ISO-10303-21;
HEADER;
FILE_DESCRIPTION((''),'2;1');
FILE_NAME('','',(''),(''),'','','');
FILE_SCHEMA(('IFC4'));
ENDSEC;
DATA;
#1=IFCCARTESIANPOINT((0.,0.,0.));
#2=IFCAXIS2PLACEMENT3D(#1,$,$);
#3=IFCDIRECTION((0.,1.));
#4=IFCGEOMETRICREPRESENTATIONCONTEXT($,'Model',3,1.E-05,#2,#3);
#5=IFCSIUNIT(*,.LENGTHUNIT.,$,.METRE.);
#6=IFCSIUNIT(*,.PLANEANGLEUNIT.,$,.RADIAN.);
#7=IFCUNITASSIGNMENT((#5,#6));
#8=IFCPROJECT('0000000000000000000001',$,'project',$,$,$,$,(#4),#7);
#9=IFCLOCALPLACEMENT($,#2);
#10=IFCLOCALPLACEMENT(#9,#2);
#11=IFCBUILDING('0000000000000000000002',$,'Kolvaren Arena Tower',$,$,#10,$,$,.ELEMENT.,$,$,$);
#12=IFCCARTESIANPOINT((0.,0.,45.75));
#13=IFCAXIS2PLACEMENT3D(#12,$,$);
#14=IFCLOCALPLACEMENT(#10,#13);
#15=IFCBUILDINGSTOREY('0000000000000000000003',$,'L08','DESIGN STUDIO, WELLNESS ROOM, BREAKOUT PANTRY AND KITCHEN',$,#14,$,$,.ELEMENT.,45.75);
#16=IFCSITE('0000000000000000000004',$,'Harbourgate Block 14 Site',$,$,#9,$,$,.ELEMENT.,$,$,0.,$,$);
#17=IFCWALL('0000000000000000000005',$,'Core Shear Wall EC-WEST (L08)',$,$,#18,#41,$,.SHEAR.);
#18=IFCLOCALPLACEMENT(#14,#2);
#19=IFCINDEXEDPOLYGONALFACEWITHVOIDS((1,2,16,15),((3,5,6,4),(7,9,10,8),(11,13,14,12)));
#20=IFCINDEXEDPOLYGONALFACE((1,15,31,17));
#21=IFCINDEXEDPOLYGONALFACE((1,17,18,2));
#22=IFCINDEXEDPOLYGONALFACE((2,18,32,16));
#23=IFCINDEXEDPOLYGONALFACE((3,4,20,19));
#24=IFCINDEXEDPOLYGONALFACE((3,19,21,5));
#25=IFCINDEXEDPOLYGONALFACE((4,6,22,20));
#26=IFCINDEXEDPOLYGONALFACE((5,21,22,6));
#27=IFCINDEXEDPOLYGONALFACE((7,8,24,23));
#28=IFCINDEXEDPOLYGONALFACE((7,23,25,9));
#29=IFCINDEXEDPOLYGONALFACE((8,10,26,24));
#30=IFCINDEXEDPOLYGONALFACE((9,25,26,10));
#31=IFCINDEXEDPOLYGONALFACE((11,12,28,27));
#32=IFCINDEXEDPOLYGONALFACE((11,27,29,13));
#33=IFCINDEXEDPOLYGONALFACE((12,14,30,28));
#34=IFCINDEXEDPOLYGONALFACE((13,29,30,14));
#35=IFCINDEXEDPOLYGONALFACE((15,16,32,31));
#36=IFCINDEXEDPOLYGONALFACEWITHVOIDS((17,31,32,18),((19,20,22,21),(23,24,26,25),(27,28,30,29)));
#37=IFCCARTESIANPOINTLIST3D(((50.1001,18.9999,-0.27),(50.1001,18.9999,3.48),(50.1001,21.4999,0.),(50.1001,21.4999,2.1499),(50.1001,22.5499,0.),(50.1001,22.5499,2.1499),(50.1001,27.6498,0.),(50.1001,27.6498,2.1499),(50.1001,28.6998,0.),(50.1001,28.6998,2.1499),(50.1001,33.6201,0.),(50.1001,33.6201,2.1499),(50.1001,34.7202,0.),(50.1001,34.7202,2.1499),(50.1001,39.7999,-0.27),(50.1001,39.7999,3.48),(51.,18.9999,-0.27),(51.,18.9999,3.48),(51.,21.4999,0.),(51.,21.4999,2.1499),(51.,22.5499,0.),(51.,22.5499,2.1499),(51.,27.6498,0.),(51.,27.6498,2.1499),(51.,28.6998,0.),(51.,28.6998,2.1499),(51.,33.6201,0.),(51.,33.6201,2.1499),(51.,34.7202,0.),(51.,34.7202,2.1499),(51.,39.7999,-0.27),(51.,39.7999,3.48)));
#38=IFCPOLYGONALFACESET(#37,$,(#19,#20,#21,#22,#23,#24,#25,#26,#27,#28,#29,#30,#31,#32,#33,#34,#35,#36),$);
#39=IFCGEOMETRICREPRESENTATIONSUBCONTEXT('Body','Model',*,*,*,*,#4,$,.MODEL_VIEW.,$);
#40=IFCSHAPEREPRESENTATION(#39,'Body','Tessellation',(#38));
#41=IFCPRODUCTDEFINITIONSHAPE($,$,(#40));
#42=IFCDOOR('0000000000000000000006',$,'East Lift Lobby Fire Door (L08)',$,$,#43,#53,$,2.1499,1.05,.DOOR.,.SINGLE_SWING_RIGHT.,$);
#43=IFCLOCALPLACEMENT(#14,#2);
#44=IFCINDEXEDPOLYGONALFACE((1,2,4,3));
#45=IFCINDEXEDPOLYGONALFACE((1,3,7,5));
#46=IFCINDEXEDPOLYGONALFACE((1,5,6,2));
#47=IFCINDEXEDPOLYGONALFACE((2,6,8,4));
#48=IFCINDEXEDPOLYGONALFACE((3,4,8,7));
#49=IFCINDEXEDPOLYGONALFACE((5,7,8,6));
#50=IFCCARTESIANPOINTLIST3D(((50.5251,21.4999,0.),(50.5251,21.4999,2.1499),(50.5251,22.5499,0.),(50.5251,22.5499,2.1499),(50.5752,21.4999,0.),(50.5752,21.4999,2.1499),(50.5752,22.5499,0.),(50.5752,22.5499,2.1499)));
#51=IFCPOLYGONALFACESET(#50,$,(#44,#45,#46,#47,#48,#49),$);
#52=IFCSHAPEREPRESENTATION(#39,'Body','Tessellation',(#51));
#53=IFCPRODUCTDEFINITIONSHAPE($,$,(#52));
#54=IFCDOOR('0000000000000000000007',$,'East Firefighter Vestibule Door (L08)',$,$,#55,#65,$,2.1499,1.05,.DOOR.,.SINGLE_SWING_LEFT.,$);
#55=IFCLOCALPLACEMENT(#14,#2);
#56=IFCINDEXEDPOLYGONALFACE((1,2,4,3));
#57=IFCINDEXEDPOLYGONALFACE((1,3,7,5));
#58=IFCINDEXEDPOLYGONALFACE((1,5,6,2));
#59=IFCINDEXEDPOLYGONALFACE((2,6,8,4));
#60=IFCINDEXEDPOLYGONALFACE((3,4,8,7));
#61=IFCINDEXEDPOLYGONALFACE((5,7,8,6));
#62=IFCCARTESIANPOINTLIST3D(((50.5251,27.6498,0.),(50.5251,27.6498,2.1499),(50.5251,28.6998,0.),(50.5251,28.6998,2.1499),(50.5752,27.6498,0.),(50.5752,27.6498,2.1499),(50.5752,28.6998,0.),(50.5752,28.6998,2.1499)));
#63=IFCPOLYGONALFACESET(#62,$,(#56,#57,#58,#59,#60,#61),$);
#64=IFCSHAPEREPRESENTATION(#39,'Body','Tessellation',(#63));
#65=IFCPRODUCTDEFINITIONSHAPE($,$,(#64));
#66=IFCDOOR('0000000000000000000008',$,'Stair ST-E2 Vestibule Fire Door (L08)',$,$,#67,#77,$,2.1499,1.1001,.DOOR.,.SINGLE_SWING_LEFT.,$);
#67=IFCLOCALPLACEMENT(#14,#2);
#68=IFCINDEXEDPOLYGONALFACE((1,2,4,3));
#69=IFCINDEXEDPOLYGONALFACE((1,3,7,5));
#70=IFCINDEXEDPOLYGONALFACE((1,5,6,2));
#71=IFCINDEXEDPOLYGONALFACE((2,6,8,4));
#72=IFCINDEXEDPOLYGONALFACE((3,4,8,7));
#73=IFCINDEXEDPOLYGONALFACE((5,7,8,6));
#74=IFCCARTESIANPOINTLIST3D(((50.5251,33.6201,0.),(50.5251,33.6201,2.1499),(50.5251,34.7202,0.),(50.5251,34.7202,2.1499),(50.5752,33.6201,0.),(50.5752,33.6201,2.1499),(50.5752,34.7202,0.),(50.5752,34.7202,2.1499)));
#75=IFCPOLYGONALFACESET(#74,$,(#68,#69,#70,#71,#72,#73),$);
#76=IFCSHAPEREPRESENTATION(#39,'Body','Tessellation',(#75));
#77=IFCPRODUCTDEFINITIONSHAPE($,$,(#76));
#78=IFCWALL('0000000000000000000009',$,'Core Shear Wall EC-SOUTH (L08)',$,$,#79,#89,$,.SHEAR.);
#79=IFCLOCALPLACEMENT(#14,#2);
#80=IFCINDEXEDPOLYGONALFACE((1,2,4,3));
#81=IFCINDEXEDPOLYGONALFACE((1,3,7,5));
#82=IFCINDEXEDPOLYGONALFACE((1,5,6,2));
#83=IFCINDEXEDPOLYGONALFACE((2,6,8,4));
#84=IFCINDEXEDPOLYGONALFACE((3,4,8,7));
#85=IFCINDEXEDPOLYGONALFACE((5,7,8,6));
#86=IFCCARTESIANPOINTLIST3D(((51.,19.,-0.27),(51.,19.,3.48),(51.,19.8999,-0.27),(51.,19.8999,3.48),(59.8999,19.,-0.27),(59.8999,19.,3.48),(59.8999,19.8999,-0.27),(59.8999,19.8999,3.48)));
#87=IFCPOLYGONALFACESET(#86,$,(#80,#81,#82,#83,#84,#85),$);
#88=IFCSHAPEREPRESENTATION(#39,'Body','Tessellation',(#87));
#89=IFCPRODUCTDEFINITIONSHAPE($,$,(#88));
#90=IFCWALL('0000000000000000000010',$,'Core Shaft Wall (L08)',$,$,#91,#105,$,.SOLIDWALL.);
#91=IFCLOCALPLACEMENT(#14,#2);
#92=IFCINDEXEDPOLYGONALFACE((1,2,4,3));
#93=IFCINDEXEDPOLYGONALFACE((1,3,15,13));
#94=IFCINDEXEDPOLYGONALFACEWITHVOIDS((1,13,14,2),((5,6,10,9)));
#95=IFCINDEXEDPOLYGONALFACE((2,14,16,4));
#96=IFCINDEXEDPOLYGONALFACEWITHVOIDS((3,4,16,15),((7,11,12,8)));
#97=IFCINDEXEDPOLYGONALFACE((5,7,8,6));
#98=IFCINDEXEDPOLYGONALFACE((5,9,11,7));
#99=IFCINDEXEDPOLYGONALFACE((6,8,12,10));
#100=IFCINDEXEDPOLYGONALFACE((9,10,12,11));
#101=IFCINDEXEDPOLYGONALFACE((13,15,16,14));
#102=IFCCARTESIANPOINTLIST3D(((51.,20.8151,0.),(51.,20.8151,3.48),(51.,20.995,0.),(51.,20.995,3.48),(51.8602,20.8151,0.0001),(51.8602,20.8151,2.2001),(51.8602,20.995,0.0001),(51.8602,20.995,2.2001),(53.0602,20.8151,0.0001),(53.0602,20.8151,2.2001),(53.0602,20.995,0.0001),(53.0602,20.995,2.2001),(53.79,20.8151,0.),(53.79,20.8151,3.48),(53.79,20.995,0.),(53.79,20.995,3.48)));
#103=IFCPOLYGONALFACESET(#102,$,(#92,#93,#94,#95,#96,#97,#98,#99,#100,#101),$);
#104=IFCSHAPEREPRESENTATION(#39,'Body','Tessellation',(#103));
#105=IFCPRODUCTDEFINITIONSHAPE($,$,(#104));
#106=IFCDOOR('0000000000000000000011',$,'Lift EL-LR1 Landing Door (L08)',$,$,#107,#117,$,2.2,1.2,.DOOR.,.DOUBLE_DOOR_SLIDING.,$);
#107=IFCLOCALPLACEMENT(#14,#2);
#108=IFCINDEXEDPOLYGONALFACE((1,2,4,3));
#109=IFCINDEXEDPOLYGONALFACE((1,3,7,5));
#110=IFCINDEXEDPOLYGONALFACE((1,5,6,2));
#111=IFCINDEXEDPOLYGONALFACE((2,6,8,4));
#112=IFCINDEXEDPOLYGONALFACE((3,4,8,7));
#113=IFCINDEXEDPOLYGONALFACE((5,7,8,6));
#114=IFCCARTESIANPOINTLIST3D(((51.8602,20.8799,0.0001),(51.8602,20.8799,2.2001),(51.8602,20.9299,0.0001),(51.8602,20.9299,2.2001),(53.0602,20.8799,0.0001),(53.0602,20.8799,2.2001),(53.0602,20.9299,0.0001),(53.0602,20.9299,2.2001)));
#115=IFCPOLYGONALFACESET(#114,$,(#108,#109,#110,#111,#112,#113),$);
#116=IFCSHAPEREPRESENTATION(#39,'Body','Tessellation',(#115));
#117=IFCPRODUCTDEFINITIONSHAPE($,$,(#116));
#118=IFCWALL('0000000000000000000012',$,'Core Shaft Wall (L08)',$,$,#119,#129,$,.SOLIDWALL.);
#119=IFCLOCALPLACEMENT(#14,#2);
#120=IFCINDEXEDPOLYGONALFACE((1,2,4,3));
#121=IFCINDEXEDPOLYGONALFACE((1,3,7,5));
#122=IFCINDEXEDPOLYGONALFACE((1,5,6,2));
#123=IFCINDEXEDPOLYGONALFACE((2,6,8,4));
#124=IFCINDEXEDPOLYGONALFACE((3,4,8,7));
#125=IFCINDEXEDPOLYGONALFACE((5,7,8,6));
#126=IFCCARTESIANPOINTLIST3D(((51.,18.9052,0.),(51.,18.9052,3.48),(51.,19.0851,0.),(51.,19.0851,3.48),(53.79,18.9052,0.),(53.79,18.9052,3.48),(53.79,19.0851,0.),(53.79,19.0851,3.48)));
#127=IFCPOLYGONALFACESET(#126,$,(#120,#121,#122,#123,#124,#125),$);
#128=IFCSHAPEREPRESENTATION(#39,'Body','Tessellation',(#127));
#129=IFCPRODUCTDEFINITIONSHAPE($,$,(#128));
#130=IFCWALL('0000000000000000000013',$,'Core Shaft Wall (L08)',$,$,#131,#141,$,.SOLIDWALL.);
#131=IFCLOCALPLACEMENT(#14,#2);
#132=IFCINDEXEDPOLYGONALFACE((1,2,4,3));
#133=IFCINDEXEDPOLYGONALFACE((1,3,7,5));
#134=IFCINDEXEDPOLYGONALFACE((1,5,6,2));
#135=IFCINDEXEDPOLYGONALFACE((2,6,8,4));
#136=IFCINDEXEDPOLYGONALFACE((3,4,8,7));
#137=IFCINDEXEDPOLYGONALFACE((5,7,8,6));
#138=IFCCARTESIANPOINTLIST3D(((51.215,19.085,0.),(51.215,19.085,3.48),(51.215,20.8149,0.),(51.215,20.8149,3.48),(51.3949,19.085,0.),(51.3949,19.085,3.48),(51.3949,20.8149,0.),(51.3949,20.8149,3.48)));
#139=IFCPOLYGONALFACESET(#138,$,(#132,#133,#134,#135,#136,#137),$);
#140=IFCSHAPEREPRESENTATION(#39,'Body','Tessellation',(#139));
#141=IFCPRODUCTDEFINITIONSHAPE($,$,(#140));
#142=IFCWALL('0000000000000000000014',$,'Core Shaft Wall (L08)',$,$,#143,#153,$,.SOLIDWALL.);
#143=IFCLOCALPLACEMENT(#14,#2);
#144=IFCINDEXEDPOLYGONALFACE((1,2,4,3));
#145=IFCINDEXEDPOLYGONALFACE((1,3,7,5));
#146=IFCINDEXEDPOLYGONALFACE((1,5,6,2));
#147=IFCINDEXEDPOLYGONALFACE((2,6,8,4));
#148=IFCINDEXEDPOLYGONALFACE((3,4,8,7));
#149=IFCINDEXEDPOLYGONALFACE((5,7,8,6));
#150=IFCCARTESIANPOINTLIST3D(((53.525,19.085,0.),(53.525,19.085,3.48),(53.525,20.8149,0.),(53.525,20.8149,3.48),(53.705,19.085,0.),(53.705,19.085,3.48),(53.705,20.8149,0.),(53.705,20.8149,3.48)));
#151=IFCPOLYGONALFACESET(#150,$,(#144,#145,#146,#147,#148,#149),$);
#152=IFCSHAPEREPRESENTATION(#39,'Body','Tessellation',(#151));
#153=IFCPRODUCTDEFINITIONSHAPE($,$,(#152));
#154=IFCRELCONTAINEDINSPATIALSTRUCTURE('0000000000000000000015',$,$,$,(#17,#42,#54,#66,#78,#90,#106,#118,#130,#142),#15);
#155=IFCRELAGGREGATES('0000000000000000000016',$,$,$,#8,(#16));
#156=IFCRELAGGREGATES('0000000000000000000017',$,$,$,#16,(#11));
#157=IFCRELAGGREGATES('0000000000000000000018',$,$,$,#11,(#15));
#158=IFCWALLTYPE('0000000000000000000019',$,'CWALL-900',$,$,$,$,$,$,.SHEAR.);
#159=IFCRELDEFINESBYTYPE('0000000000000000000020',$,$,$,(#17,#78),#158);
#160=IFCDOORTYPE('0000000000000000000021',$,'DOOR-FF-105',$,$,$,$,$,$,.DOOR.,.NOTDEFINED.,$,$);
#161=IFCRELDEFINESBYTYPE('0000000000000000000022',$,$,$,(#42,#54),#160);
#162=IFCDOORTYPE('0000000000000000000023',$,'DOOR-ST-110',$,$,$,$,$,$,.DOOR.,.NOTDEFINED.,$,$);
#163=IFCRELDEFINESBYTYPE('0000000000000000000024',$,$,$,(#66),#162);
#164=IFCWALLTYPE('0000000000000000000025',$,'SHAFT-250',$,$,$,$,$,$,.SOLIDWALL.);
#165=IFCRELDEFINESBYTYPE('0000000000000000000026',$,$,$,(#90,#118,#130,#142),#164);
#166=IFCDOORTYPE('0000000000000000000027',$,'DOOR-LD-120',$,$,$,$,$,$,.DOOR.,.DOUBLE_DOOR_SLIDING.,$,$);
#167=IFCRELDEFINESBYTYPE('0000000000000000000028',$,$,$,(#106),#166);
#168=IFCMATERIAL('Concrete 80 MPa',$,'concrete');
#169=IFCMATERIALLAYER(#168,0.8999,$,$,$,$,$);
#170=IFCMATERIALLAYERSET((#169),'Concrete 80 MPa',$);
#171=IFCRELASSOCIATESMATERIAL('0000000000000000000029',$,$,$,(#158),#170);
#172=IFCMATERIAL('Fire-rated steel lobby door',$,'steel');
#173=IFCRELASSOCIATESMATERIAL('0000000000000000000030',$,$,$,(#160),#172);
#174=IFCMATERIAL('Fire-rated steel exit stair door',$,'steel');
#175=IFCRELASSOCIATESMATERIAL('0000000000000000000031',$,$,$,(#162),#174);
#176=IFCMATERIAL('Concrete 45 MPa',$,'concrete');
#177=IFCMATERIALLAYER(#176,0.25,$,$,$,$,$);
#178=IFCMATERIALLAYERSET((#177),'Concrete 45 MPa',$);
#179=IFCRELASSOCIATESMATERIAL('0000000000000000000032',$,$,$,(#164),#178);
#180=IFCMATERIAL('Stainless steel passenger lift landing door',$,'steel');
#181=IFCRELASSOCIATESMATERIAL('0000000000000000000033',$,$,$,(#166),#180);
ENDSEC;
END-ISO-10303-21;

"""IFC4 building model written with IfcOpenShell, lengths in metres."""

from ifc_helpers import new_model, si_unit, direction, frame, frame_2d, origin, place, context, subcontext, project, spatial, rectangle, extrude, material, layer, layer_set, type_object, element, fill, save


model = new_model("IFC4")

# Units and contexts
model_context = context("Model", 3, precision=1e-05, world=origin(), true_north=direction((0.0, 1.0)))
body_context = subcontext(model_context, "Body", "Model", "MODEL_VIEW")
ifc_project = project(units=[si_unit("LENGTHUNIT", "METRE"), si_unit("PLANEANGLEUNIT", "RADIAN")], contexts=[model_context])

# Site, building, storey
site_placement = place(None, origin())
site = spatial("IfcSite", under=ifc_project, at=site_placement, Name="Harbourgate Block 14 Site", CompositionType="ELEMENT", RefElevation=0.0)
building_placement = place(site_placement, origin())
building = spatial("IfcBuilding", under=site, at=building_placement, Name="Kolvaren Arena Tower", CompositionType="ELEMENT")
storey_placement = place(building_placement, frame((0.0, 0.0, 45.75)))
storey = spatial("IfcBuildingStorey", under=building, at=storey_placement, Name="L08", Description="DESIGN STUDIO, WELLNESS ROOM, BREAKOUT PANTRY AND KITCHEN", CompositionType="ELEMENT", Elevation=45.75)

# Wall, openings, doors
ifc_material_1 = material(Name="Concrete 80 MPa", Category="concrete")
ifc_layer_1 = layer(ifc_material_1, 0.8999)
ifc_layer_set_1 = layer_set([ifc_layer_1], Name="Concrete 80 MPa")
wall_type_1 = type_object("IfcWallType", Name="CWALL-900", PredefinedType="SHEAR", material=ifc_layer_set_1)
wall_1_placement = place(storey_placement, frame((50.55, 19.0, -0.27), z_axis=(0.0, 0.0, 1.0), x_axis=(0.0, 1.0, 0.0)))
wall_1 = element("IfcWall", 1, at=wall_1_placement, inside=storey, type_object=wall_type_1, Name="Core Shear Wall EC-WEST (L08)", PredefinedType="SHEAR", context=body_context, shape_type="SweptSolid", body=[
    extrude(rectangle(XDim=20.8, YDim=0.8999, at=frame_2d((10.3999, 0.0))), origin(), (0.0, 0.0, 1.0), 3.75),
])
opening_1_placement = place(wall_1_placement, frame((2.5, 0.0, 0.27)))
opening_1 = element("IfcOpeningElement", 2, at=opening_1_placement, cuts=wall_1, PredefinedType="OPENING", context=body_context, shape_type="SweptSolid", body=[
    extrude(rectangle(XDim=1.05, YDim=2.1499, at=frame_2d((0.5249, 1.075))), frame((0.0, 0.46, 0.0), z_axis=(0.0, -1.0, 0.0), x_axis=(1.0, 0.0, 0.0)), (0.0, 0.0, 1.0), 0.9199),
])
opening_2_placement = place(wall_1_placement, frame((8.6499, 0.0, 0.27)))
opening_2 = element("IfcOpeningElement", 3, at=opening_2_placement, cuts=wall_1, PredefinedType="OPENING", context=body_context, shape_type="SweptSolid", body=[
    extrude(rectangle(XDim=1.05, YDim=2.1499, at=frame_2d((0.5249, 1.075))), frame((0.0, 0.46, 0.0), z_axis=(0.0, -1.0, 0.0), x_axis=(1.0, 0.0, 0.0)), (0.0, 0.0, 1.0), 0.9199),
])
opening_3_placement = place(wall_1_placement, frame((14.6201, 0.0, 0.27)))
opening_3 = element("IfcOpeningElement", 4, at=opening_3_placement, cuts=wall_1, PredefinedType="OPENING", context=body_context, shape_type="SweptSolid", body=[
    extrude(rectangle(XDim=1.1001, YDim=2.1499, at=frame_2d((0.55, 1.075))), frame((0.0, 0.46, 0.0), z_axis=(0.0, -1.0, 0.0), x_axis=(1.0, 0.0, 0.0)), (0.0, 0.0, 1.0), 0.9199),
])
ifc_material_2 = material(Name="Fire-rated steel lobby door", Category="steel")
door_type_1 = type_object("IfcDoorType", Name="DOOR-FF-105", OperationType="NOTDEFINED", PredefinedType="DOOR", material=ifc_material_2)
door_1_placement = place(opening_1_placement, origin())
door_1 = element("IfcDoor", 5, at=door_1_placement, inside=storey, type_object=door_type_1, Name="East Lift Lobby Fire Door (L08)", OperationType="SINGLE_SWING_RIGHT", OverallHeight=2.1499, OverallWidth=1.05, PredefinedType="DOOR", context=body_context, shape_type="SweptSolid", body=[
    extrude(rectangle(XDim=1.05, YDim=2.1499, at=frame_2d((0.5249, 1.075))), frame((0.0, 0.0249, 0.0), z_axis=(0.0, -1.0, 0.0), x_axis=(1.0, 0.0, 0.0)), (0.0, 0.0, 1.0), 0.05),
])
fill(opening_1, door_1)
door_2_placement = place(opening_2_placement, origin())
door_2 = element("IfcDoor", 6, at=door_2_placement, inside=storey, type_object=door_type_1, Name="East Firefighter Vestibule Door (L08)", OperationType="SINGLE_SWING_LEFT", OverallHeight=2.1499, OverallWidth=1.05, PredefinedType="DOOR", context=body_context, shape_type="SweptSolid", body=[
    extrude(rectangle(XDim=1.05, YDim=2.1499, at=frame_2d((0.5249, 1.075))), frame((0.0, 0.0249, 0.0), z_axis=(0.0, -1.0, 0.0), x_axis=(1.0, 0.0, 0.0)), (0.0, 0.0, 1.0), 0.05),
])
fill(opening_2, door_2)
ifc_material_3 = material(Name="Fire-rated steel exit stair door", Category="steel")
door_type_2 = type_object("IfcDoorType", Name="DOOR-ST-110", OperationType="NOTDEFINED", PredefinedType="DOOR", material=ifc_material_3)
door_3_placement = place(opening_3_placement, origin())
door_3 = element("IfcDoor", 7, at=door_3_placement, inside=storey, type_object=door_type_2, Name="Stair ST-E2 Vestibule Fire Door (L08)", OperationType="SINGLE_SWING_LEFT", OverallHeight=2.1499, OverallWidth=1.1001, PredefinedType="DOOR", context=body_context, shape_type="SweptSolid", body=[
    extrude(rectangle(XDim=1.1001, YDim=2.1499, at=frame_2d((0.55, 1.075))), frame((0.0, 0.0249, 0.0), z_axis=(0.0, -1.0, 0.0), x_axis=(1.0, 0.0, 0.0)), (0.0, 0.0, 1.0), 0.05),
])
fill(opening_3, door_3)

# Wall
wall_2_placement = place(storey_placement, frame((51.0, 19.45, -0.27), z_axis=(0.0, 0.0, 1.0), x_axis=(1.0, 0.0, 0.0)))
element("IfcWall", 8, at=wall_2_placement, inside=storey, type_object=wall_type_1, Name="Core Shear Wall EC-SOUTH (L08)", PredefinedType="SHEAR", context=body_context, shape_type="SweptSolid", body=[
    extrude(rectangle(XDim=8.8999, YDim=0.8999, at=frame_2d((4.45, 0.0))), origin(), (0.0, 0.0, 1.0), 3.75),
])

# Wall, opening, door
ifc_material_4 = material(Name="Concrete 45 MPa", Category="concrete")
ifc_layer_2 = layer(ifc_material_4, 0.25)
ifc_layer_set_2 = layer_set([ifc_layer_2], Name="Concrete 45 MPa")
wall_type_2 = type_object("IfcWallType", Name="SHAFT-250", PredefinedType="SOLIDWALL", material=ifc_layer_set_2)
wall_3_placement = place(storey_placement, frame((51.0, 20.905, 0.0), z_axis=(0.0, 0.0, 1.0), x_axis=(1.0, 0.0, 0.0)))
wall_3 = element("IfcWall", 9, at=wall_3_placement, inside=storey, type_object=wall_type_2, Name="Core Shaft Wall (L08)", PredefinedType="SOLIDWALL", context=body_context, shape_type="SweptSolid", body=[
    extrude(rectangle(XDim=2.79, YDim=0.1799, at=frame_2d((1.395, 0.0))), origin(), (0.0, 0.0, 1.0), 3.48),
])
opening_4_placement = place(wall_3_placement, frame((0.8601, 0.0, 0.0)))
opening_4 = element("IfcOpeningElement", 10, at=opening_4_placement, cuts=wall_3, PredefinedType="OPENING", context=body_context, shape_type="SweptSolid", body=[
    extrude(rectangle(XDim=1.2, YDim=2.2, at=frame_2d((0.6001, 1.1001))), frame((0.0, 0.0999, 0.0), z_axis=(0.0, -1.0, 0.0), x_axis=(1.0, 0.0, 0.0)), (0.0, 0.0, 1.0), 0.2),
])
ifc_material_5 = material(Name="Stainless steel passenger lift landing door", Category="steel")
door_type_3 = type_object("IfcDoorType", Name="DOOR-LD-120", OperationType="DOUBLE_DOOR_SLIDING", PredefinedType="DOOR", material=ifc_material_5)
door_4_placement = place(opening_4_placement, origin())
door_4 = element("IfcDoor", 11, at=door_4_placement, inside=storey, type_object=door_type_3, Name="Lift EL-LR1 Landing Door (L08)", OperationType="DOUBLE_DOOR_SLIDING", OverallHeight=2.2, OverallWidth=1.2, PredefinedType="DOOR", context=body_context, shape_type="SweptSolid", body=[
    extrude(rectangle(XDim=1.2, YDim=2.2, at=frame_2d((0.6001, 1.1001))), frame((0.0, 0.0249, 0.0), z_axis=(0.0, -1.0, 0.0), x_axis=(1.0, 0.0, 0.0)), (0.0, 0.0, 1.0), 0.05),
])
fill(opening_4, door_4)

# Walls
wall_4_placement = place(storey_placement, frame((51.0, 18.9951, 0.0), z_axis=(0.0, 0.0, 1.0), x_axis=(1.0, 0.0, 0.0)))
element("IfcWall", 12, at=wall_4_placement, inside=storey, type_object=wall_type_2, Name="Core Shaft Wall (L08)", PredefinedType="SOLIDWALL", context=body_context, shape_type="SweptSolid", body=[
    extrude(rectangle(XDim=2.79, YDim=0.1799, at=frame_2d((1.395, 0.0))), origin(), (0.0, 0.0, 1.0), 3.48),
])
for number, where, z_axis, x_axis, name in (
    (13, (51.3049, 19.085, 0.0), (0.0, 0.0, 1.0), (0.0, 1.0, 0.0), "Core Shaft Wall (L08)"),
    (14, (53.615, 19.085, 0.0), (0.0, 0.0, 1.0), (0.0, 1.0, 0.0), "Core Shaft Wall (L08)"),
):
    element("IfcWall", number, at=place(storey_placement, frame(where, z_axis=z_axis, x_axis=x_axis)), inside=storey, type_object=wall_type_2, Name=name, PredefinedType="SOLIDWALL", context=body_context, shape_type="SweptSolid", body=[
        extrude(rectangle(XDim=1.73, YDim=0.1799, at=frame_2d((0.865, 0.0))), origin(), (0.0, 0.0, 1.0), 3.48),
    ])

save(model, "model.ifc")
